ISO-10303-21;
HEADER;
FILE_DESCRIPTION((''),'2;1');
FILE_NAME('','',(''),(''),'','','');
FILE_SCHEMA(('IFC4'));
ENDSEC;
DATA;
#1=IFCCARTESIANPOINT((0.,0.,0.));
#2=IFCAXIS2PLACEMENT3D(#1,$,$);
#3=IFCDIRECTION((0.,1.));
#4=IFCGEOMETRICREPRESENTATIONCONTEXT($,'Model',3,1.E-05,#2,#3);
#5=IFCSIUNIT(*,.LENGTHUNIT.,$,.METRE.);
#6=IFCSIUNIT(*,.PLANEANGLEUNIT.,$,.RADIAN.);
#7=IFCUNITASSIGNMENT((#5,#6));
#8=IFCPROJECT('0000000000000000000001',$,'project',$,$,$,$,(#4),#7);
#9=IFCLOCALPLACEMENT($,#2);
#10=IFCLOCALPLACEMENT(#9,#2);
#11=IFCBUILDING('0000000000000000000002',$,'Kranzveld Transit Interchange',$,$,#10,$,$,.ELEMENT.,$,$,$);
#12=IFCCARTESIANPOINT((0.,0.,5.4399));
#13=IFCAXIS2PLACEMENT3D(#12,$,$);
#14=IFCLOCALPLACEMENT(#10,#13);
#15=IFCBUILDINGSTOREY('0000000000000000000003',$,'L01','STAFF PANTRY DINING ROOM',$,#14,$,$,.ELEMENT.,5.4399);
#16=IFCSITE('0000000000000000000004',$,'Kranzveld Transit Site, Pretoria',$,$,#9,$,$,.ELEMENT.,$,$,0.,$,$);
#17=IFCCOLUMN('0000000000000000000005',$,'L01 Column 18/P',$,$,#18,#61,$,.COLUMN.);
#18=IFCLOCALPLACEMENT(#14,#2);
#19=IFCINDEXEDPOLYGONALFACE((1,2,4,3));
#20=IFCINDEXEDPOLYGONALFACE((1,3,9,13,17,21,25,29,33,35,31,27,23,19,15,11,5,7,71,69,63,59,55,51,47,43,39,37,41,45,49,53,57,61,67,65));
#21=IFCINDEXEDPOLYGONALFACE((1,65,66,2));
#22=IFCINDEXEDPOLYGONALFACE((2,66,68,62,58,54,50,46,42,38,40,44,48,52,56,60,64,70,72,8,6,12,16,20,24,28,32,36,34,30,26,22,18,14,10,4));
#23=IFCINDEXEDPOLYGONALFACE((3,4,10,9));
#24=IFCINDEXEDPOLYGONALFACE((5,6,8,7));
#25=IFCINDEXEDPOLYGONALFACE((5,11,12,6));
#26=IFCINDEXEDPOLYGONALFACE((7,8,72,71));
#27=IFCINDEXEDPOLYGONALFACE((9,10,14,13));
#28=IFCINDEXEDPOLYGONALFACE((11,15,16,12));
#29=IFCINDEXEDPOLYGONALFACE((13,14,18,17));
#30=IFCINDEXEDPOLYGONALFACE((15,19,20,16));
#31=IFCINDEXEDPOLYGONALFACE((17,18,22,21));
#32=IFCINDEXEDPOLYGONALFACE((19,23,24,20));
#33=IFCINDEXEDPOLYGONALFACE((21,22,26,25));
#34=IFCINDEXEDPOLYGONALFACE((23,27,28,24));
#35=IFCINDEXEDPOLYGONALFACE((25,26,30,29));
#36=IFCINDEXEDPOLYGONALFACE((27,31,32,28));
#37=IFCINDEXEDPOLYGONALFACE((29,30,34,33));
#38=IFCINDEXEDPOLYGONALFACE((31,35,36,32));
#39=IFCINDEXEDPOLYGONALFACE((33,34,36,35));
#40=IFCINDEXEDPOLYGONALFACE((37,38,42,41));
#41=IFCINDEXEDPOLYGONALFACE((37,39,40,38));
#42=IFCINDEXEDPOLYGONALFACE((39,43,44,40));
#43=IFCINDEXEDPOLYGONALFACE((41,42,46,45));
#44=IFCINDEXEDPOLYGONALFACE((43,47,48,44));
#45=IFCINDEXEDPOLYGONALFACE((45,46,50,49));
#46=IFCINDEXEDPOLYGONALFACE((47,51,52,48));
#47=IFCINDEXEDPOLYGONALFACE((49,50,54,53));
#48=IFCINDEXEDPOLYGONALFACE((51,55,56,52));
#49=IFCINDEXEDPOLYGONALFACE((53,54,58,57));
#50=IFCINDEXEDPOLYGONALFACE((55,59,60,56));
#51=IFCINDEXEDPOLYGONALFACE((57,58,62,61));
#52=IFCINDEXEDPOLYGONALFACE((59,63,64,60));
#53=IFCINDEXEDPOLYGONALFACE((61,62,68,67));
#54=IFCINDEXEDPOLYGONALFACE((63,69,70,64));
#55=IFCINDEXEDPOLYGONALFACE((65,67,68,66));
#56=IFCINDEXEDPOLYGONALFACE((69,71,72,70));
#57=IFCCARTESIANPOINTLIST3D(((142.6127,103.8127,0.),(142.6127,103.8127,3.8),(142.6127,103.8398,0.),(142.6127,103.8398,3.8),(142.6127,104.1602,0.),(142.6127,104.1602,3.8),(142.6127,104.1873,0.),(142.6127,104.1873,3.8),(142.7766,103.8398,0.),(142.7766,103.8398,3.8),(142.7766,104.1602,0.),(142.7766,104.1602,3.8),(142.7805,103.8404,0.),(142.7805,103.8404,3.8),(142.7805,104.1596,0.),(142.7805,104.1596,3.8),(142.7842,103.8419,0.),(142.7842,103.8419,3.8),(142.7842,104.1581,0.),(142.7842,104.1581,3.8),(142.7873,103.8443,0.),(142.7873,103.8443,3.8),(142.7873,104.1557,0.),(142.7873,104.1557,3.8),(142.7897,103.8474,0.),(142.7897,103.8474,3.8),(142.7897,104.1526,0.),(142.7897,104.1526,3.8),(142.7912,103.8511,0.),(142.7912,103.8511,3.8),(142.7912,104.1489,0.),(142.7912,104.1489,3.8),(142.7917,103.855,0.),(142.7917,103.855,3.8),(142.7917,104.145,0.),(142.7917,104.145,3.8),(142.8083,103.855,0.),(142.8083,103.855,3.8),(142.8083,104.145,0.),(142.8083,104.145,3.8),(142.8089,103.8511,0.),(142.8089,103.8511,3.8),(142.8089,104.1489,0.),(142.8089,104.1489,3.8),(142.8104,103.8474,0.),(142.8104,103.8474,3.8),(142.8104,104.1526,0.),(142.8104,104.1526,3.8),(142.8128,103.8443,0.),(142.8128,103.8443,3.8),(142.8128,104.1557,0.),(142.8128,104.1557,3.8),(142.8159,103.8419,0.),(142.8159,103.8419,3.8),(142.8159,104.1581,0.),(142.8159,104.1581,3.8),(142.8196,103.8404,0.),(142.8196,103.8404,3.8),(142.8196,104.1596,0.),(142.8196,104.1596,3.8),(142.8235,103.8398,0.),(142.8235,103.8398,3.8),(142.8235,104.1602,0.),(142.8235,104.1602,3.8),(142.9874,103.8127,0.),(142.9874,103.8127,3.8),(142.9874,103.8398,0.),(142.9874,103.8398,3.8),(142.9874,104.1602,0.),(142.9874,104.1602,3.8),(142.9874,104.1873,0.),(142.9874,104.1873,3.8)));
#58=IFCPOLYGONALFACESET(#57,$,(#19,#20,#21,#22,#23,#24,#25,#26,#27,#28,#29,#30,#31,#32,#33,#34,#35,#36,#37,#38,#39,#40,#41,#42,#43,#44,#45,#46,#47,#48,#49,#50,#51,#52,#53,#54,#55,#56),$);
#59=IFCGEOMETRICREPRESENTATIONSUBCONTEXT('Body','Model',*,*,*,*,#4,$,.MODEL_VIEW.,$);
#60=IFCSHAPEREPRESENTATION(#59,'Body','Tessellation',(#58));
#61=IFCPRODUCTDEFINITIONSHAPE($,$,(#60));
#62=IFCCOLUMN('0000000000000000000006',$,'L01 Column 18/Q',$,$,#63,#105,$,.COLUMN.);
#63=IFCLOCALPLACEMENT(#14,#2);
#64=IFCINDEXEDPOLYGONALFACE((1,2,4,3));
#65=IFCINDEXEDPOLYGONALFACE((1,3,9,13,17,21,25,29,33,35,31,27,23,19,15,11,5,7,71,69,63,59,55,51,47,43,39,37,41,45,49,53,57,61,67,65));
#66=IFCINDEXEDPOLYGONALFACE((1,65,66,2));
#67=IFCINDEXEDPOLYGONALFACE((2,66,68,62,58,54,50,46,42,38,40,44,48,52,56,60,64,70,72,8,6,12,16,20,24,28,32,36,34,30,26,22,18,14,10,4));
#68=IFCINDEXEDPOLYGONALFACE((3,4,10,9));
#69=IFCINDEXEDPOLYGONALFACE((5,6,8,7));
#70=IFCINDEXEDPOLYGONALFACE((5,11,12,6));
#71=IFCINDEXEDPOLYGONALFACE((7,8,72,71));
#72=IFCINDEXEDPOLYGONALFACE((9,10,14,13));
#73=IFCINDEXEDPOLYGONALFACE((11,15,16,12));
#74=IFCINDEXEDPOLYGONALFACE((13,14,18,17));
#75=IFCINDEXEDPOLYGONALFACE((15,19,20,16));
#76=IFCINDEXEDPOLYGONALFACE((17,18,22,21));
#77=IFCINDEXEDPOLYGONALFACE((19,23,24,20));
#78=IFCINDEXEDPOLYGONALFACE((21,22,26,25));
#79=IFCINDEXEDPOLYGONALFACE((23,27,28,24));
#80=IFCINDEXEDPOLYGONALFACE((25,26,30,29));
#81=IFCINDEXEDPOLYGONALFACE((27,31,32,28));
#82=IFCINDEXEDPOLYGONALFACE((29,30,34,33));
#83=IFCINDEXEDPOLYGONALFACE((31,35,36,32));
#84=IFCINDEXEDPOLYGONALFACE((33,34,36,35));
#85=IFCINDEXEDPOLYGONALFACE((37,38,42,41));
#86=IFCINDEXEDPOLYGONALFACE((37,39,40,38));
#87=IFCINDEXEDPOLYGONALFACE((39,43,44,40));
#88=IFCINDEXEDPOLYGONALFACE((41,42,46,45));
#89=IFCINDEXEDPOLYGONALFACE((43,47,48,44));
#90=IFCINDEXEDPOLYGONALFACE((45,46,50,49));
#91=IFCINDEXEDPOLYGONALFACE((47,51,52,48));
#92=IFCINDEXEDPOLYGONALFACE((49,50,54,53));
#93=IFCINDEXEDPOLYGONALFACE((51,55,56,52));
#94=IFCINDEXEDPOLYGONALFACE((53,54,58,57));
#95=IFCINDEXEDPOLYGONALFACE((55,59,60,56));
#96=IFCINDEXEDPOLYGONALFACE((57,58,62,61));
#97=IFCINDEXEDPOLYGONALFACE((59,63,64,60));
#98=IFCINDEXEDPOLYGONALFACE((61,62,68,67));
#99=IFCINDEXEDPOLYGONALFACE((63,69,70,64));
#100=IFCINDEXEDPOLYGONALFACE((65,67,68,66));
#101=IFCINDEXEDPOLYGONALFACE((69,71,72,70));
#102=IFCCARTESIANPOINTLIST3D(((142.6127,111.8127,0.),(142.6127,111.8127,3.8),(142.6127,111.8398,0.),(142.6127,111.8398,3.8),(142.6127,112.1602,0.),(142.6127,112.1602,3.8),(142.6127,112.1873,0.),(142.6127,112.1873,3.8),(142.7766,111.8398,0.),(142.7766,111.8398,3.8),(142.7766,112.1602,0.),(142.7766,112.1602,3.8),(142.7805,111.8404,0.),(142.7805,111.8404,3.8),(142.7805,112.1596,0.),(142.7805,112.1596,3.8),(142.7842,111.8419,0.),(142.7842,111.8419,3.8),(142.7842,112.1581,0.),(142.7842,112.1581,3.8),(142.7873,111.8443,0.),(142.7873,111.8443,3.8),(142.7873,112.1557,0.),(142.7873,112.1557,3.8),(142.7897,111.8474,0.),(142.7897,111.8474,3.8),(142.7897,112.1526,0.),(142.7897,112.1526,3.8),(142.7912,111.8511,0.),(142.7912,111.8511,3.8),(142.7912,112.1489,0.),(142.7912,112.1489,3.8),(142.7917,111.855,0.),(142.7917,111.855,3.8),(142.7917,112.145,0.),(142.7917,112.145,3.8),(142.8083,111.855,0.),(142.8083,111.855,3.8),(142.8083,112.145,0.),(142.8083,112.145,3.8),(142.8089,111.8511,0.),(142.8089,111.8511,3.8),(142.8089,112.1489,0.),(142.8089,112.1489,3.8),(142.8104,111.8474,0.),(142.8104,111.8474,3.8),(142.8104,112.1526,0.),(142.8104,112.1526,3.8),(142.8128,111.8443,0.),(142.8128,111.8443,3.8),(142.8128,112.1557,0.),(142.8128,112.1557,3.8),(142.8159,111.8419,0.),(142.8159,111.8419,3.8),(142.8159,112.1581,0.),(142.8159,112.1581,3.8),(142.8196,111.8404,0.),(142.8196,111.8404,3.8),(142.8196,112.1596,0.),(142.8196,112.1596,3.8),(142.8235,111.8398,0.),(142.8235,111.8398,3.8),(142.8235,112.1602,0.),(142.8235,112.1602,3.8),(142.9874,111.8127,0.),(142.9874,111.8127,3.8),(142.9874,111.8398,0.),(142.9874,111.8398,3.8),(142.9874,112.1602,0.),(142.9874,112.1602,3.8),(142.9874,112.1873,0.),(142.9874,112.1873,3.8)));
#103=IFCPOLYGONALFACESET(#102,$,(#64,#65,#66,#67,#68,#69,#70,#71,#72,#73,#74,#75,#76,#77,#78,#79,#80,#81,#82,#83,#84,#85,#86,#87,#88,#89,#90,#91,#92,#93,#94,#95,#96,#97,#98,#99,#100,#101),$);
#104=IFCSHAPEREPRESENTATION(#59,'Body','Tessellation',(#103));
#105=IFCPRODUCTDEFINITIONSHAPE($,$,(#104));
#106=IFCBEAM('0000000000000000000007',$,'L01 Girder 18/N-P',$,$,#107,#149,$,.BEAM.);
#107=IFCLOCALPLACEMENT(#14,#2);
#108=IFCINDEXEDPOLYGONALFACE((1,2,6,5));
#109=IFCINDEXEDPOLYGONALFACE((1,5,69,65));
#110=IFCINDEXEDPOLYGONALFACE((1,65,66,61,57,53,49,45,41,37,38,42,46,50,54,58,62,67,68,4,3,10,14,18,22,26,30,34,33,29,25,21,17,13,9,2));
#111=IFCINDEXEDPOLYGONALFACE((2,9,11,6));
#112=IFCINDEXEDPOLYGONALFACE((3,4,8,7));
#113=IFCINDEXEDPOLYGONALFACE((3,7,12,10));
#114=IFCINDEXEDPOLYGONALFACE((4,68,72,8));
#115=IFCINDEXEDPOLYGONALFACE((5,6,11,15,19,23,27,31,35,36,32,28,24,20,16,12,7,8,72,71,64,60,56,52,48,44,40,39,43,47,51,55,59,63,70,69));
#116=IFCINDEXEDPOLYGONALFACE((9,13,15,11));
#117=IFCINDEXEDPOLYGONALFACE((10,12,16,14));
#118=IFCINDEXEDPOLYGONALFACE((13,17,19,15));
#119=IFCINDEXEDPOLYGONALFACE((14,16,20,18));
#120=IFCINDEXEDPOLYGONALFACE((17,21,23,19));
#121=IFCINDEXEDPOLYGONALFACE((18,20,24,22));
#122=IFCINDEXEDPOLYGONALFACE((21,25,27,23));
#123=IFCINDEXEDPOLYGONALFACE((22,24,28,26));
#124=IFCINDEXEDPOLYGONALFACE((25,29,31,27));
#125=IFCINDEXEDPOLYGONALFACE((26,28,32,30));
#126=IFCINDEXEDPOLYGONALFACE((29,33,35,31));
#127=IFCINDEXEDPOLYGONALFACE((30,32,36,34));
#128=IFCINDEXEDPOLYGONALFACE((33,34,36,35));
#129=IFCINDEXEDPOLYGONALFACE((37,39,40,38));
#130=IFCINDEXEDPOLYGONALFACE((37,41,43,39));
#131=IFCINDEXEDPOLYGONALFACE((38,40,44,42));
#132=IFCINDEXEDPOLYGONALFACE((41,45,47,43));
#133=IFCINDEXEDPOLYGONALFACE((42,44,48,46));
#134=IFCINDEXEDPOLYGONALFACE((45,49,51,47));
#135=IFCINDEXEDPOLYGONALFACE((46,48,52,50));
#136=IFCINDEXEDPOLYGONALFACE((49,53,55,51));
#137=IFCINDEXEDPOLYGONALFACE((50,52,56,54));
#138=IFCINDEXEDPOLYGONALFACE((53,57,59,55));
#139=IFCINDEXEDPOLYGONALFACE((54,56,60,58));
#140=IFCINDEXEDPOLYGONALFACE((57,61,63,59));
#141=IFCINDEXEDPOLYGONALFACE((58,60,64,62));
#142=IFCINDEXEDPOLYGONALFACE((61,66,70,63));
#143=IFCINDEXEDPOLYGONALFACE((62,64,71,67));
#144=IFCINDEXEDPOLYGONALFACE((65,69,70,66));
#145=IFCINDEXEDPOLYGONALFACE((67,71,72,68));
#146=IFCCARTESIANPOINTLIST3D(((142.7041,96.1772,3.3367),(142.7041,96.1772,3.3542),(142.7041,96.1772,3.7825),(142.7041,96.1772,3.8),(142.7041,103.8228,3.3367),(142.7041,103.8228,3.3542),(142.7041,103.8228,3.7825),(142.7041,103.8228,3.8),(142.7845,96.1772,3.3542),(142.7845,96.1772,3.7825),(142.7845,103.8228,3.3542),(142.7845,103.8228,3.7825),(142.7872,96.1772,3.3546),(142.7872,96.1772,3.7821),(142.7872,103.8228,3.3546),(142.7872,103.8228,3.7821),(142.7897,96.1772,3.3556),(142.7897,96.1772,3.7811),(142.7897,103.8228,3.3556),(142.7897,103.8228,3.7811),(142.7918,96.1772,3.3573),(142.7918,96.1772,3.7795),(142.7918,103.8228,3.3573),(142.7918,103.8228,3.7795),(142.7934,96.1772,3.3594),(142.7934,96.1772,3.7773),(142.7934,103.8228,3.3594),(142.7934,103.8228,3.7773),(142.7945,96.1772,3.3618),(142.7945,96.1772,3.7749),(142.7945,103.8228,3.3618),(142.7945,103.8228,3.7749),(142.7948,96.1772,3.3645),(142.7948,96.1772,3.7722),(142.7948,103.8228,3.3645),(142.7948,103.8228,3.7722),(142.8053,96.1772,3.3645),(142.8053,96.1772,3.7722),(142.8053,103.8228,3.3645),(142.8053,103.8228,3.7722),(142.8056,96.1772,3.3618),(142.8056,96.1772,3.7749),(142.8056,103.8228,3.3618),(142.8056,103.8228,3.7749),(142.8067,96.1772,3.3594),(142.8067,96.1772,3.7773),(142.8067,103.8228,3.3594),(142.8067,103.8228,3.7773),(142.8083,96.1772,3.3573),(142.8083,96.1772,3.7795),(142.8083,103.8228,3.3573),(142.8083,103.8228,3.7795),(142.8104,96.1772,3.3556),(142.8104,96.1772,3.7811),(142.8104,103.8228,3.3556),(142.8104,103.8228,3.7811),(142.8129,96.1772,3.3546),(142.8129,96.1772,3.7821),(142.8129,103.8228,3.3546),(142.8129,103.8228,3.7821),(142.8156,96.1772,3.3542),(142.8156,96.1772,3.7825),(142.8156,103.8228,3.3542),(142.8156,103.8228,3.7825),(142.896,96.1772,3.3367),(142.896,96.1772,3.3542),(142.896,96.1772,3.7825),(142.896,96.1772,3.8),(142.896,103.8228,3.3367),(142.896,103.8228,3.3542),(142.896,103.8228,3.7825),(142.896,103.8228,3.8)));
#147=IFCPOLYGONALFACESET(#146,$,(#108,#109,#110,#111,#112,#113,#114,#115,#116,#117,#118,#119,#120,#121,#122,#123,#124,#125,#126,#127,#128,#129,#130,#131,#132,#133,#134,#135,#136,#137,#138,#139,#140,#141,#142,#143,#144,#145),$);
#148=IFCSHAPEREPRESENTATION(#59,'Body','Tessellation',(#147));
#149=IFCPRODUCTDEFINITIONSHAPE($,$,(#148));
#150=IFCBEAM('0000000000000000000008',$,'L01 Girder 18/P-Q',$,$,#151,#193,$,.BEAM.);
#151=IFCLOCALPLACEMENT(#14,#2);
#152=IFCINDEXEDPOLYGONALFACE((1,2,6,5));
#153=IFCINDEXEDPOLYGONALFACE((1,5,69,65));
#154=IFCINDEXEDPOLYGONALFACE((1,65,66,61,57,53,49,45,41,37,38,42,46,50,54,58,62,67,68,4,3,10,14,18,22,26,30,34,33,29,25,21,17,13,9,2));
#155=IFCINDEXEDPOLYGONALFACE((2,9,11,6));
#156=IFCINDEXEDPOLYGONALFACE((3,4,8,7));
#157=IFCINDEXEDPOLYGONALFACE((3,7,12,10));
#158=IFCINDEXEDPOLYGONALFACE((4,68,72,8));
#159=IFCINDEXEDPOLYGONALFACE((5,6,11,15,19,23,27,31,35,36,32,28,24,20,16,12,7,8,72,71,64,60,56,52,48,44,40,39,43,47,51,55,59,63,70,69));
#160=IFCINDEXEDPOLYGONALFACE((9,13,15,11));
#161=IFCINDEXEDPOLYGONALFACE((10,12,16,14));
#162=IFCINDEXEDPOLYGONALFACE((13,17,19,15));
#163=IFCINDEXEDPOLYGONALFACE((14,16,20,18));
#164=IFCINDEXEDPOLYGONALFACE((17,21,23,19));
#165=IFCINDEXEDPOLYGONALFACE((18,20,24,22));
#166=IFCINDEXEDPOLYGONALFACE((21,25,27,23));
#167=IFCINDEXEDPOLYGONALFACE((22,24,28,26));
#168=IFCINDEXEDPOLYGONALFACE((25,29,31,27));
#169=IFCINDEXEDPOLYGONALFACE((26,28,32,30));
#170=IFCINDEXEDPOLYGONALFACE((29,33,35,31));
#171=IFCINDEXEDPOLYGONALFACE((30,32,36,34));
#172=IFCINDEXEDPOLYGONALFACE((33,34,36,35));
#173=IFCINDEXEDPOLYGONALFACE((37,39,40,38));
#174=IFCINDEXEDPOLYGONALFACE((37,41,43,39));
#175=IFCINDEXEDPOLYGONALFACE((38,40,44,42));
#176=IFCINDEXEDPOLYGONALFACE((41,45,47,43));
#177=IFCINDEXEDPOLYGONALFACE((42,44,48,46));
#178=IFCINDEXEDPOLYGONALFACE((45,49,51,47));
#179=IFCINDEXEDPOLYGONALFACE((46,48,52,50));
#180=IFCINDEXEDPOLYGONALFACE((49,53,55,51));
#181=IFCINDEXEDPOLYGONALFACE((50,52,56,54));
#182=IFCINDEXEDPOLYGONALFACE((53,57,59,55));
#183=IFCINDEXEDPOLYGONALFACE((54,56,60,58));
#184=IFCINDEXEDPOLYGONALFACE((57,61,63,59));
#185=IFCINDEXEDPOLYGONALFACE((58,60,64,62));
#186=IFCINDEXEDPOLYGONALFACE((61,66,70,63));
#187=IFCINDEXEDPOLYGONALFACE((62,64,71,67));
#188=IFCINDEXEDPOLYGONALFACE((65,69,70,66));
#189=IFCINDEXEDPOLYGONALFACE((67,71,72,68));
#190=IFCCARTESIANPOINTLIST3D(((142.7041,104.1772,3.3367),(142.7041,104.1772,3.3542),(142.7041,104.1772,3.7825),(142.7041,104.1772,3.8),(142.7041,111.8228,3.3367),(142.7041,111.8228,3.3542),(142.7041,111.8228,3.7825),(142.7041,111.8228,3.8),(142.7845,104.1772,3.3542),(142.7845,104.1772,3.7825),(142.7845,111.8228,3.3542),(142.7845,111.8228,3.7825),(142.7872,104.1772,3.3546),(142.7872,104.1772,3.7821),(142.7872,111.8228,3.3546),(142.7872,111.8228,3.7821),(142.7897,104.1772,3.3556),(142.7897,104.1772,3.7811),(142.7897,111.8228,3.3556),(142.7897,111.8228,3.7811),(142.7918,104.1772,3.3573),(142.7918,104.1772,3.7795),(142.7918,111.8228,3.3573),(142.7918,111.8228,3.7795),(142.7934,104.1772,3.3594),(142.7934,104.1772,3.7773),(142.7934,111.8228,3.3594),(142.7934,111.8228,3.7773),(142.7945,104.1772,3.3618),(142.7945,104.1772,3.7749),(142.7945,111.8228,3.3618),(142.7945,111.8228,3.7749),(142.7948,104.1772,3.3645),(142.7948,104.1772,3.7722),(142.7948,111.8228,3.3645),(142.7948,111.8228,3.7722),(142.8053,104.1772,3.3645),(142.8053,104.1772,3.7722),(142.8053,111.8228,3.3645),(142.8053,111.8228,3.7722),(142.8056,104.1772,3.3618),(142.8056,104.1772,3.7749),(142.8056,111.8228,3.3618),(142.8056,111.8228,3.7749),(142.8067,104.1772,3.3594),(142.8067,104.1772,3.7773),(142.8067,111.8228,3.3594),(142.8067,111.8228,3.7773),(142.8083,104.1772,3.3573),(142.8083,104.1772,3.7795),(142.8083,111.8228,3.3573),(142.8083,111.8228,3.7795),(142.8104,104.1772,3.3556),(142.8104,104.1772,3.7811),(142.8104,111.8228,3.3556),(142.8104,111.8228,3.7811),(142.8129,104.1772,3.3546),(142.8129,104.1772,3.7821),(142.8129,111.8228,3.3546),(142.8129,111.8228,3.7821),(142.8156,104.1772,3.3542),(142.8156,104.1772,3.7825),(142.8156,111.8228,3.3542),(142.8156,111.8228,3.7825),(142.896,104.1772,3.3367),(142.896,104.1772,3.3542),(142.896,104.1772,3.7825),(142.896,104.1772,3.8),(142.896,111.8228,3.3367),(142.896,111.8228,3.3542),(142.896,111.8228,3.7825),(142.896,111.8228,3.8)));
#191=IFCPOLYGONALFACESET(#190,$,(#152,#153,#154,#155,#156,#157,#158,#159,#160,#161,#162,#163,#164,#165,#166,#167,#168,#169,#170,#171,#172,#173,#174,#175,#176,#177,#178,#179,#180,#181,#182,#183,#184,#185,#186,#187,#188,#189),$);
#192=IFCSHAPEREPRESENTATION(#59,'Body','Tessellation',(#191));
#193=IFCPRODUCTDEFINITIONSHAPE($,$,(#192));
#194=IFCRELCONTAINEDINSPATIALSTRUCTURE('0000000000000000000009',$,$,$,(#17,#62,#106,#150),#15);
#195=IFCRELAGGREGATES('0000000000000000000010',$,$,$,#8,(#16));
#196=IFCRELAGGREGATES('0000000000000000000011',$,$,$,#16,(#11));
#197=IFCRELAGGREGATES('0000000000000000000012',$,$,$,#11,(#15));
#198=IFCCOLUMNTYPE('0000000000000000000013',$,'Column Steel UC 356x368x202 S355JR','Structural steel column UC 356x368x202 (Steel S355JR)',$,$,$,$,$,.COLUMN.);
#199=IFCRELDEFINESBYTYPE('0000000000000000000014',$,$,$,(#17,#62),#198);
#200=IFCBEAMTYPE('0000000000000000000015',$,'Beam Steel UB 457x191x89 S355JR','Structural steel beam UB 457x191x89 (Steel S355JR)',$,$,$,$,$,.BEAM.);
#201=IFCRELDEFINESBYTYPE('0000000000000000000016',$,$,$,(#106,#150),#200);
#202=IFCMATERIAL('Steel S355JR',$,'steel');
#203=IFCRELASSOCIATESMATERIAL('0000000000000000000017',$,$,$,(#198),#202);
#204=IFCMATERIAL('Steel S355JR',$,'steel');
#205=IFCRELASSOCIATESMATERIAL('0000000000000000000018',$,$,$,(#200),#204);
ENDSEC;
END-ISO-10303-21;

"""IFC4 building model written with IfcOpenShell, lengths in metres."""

from ifc_helpers import new_model, si_unit, direction, frame, origin, origin_2d, place, context, subcontext, project, spatial, i_section, extrude, material, material_profile, profile_set, type_object, element, save


model = new_model("IFC4")

# Units and contexts
model_context = context("Model", 3, precision=1e-05, world=origin(), true_north=direction((0.0, 1.0)))
body_context = subcontext(model_context, "Body", "Model", "MODEL_VIEW")
ifc_project = project(units=[si_unit("LENGTHUNIT", "METRE"), si_unit("PLANEANGLEUNIT", "RADIAN")], contexts=[model_context])

# Site, building, storey
site_placement = place(None, origin())
site = spatial("IfcSite", under=ifc_project, at=site_placement, Name="Kranzveld Transit Site, Pretoria", CompositionType="ELEMENT", RefElevation=0.0)
building_placement = place(site_placement, origin())
building = spatial("IfcBuilding", under=site, at=building_placement, Name="Kranzveld Transit Interchange", CompositionType="ELEMENT")
storey_placement = place(building_placement, frame((0.0, 0.0, 5.4399)))
storey = spatial("IfcBuildingStorey", under=building, at=storey_placement, Name="L01", Description="STAFF PANTRY DINING ROOM", CompositionType="ELEMENT", Elevation=5.4399)

# Columns
ifc_material_1 = material(Name="Steel S355JR", Category="steel")
ifc_material_profile_1 = material_profile(ifc_material_1, i_section(OverallWidth=0.3748, OverallDepth=0.3745, WebThickness=0.0166, FlangeThickness=0.0271, FilletRadius=0.0151, at=origin_2d()), Name="UC 356x368x202")
ifc_profile_set_1 = profile_set([ifc_material_profile_1], Name="Steel S355JR")
column_type = type_object("IfcColumnType", Name="Column Steel UC 356x368x202 S355JR", Description="Structural steel column UC 356x368x202 (Steel S355JR)", PredefinedType="COLUMN", material=ifc_profile_set_1)
for number, where, z_axis, x_axis, name in (
    (1, (142.8, 104.0, 0.0), (0.0, 0.0, 1.0), (1.0, 0.0, 0.0), "L01 Column 18/P"),
    (2, (142.8, 112.0, 0.0), (0.0, 0.0, 1.0), (1.0, 0.0, 0.0), "L01 Column 18/Q"),
):
    element("IfcColumn", number, at=place(storey_placement, frame(where, z_axis=z_axis, x_axis=x_axis)), inside=storey, type_object=column_type, Name=name, PredefinedType="COLUMN", context=body_context, shape_type="SweptSolid", body=[
        extrude(i_section(OverallWidth=0.3748, OverallDepth=0.3745, WebThickness=0.0166, FlangeThickness=0.0271, FilletRadius=0.0151, at=origin_2d()), origin(), (0.0, 0.0, 1.0), 3.8),
    ])

# Beams
ifc_material_2 = material(Name="Steel S355JR", Category="steel")
ifc_material_profile_2 = material_profile(ifc_material_2, i_section(OverallWidth=0.1919, OverallDepth=0.4634, WebThickness=0.0105, FlangeThickness=0.0176, FilletRadius=0.0103, at=origin_2d()), Name="UB 457x191x89")
ifc_profile_set_2 = profile_set([ifc_material_profile_2], Name="Steel S355JR")
beam_type_1 = type_object("IfcBeamType", Name="Beam Steel UB 457x191x89 S355JR", Description="Structural steel beam UB 457x191x89 (Steel S355JR)", PredefinedType="BEAM", material=ifc_profile_set_2)
for number, where, z_axis, x_axis, name in (
    (3, (142.8, 96.1772, 3.5684), (0.0, 1.0, 0.0), (-1.0, 0.0, 0.0), "L01 Girder 18/N-P"),
    (4, (142.8, 104.1772, 3.5684), (0.0, 1.0, 0.0), (-1.0, 0.0, 0.0), "L01 Girder 18/P-Q"),
):
    element("IfcBeam", number, at=place(storey_placement, frame(where, z_axis=z_axis, x_axis=x_axis)), inside=storey, type_object=beam_type_1, Name=name, PredefinedType="BEAM", context=body_context, shape_type="SweptSolid", body=[
        extrude(i_section(OverallWidth=0.1919, OverallDepth=0.4634, WebThickness=0.0105, FlangeThickness=0.0176, FilletRadius=0.0103, at=origin_2d()), origin(), (0.0, 0.0, 1.0), 7.6455),
    ])

save(model, "model.ifc")
